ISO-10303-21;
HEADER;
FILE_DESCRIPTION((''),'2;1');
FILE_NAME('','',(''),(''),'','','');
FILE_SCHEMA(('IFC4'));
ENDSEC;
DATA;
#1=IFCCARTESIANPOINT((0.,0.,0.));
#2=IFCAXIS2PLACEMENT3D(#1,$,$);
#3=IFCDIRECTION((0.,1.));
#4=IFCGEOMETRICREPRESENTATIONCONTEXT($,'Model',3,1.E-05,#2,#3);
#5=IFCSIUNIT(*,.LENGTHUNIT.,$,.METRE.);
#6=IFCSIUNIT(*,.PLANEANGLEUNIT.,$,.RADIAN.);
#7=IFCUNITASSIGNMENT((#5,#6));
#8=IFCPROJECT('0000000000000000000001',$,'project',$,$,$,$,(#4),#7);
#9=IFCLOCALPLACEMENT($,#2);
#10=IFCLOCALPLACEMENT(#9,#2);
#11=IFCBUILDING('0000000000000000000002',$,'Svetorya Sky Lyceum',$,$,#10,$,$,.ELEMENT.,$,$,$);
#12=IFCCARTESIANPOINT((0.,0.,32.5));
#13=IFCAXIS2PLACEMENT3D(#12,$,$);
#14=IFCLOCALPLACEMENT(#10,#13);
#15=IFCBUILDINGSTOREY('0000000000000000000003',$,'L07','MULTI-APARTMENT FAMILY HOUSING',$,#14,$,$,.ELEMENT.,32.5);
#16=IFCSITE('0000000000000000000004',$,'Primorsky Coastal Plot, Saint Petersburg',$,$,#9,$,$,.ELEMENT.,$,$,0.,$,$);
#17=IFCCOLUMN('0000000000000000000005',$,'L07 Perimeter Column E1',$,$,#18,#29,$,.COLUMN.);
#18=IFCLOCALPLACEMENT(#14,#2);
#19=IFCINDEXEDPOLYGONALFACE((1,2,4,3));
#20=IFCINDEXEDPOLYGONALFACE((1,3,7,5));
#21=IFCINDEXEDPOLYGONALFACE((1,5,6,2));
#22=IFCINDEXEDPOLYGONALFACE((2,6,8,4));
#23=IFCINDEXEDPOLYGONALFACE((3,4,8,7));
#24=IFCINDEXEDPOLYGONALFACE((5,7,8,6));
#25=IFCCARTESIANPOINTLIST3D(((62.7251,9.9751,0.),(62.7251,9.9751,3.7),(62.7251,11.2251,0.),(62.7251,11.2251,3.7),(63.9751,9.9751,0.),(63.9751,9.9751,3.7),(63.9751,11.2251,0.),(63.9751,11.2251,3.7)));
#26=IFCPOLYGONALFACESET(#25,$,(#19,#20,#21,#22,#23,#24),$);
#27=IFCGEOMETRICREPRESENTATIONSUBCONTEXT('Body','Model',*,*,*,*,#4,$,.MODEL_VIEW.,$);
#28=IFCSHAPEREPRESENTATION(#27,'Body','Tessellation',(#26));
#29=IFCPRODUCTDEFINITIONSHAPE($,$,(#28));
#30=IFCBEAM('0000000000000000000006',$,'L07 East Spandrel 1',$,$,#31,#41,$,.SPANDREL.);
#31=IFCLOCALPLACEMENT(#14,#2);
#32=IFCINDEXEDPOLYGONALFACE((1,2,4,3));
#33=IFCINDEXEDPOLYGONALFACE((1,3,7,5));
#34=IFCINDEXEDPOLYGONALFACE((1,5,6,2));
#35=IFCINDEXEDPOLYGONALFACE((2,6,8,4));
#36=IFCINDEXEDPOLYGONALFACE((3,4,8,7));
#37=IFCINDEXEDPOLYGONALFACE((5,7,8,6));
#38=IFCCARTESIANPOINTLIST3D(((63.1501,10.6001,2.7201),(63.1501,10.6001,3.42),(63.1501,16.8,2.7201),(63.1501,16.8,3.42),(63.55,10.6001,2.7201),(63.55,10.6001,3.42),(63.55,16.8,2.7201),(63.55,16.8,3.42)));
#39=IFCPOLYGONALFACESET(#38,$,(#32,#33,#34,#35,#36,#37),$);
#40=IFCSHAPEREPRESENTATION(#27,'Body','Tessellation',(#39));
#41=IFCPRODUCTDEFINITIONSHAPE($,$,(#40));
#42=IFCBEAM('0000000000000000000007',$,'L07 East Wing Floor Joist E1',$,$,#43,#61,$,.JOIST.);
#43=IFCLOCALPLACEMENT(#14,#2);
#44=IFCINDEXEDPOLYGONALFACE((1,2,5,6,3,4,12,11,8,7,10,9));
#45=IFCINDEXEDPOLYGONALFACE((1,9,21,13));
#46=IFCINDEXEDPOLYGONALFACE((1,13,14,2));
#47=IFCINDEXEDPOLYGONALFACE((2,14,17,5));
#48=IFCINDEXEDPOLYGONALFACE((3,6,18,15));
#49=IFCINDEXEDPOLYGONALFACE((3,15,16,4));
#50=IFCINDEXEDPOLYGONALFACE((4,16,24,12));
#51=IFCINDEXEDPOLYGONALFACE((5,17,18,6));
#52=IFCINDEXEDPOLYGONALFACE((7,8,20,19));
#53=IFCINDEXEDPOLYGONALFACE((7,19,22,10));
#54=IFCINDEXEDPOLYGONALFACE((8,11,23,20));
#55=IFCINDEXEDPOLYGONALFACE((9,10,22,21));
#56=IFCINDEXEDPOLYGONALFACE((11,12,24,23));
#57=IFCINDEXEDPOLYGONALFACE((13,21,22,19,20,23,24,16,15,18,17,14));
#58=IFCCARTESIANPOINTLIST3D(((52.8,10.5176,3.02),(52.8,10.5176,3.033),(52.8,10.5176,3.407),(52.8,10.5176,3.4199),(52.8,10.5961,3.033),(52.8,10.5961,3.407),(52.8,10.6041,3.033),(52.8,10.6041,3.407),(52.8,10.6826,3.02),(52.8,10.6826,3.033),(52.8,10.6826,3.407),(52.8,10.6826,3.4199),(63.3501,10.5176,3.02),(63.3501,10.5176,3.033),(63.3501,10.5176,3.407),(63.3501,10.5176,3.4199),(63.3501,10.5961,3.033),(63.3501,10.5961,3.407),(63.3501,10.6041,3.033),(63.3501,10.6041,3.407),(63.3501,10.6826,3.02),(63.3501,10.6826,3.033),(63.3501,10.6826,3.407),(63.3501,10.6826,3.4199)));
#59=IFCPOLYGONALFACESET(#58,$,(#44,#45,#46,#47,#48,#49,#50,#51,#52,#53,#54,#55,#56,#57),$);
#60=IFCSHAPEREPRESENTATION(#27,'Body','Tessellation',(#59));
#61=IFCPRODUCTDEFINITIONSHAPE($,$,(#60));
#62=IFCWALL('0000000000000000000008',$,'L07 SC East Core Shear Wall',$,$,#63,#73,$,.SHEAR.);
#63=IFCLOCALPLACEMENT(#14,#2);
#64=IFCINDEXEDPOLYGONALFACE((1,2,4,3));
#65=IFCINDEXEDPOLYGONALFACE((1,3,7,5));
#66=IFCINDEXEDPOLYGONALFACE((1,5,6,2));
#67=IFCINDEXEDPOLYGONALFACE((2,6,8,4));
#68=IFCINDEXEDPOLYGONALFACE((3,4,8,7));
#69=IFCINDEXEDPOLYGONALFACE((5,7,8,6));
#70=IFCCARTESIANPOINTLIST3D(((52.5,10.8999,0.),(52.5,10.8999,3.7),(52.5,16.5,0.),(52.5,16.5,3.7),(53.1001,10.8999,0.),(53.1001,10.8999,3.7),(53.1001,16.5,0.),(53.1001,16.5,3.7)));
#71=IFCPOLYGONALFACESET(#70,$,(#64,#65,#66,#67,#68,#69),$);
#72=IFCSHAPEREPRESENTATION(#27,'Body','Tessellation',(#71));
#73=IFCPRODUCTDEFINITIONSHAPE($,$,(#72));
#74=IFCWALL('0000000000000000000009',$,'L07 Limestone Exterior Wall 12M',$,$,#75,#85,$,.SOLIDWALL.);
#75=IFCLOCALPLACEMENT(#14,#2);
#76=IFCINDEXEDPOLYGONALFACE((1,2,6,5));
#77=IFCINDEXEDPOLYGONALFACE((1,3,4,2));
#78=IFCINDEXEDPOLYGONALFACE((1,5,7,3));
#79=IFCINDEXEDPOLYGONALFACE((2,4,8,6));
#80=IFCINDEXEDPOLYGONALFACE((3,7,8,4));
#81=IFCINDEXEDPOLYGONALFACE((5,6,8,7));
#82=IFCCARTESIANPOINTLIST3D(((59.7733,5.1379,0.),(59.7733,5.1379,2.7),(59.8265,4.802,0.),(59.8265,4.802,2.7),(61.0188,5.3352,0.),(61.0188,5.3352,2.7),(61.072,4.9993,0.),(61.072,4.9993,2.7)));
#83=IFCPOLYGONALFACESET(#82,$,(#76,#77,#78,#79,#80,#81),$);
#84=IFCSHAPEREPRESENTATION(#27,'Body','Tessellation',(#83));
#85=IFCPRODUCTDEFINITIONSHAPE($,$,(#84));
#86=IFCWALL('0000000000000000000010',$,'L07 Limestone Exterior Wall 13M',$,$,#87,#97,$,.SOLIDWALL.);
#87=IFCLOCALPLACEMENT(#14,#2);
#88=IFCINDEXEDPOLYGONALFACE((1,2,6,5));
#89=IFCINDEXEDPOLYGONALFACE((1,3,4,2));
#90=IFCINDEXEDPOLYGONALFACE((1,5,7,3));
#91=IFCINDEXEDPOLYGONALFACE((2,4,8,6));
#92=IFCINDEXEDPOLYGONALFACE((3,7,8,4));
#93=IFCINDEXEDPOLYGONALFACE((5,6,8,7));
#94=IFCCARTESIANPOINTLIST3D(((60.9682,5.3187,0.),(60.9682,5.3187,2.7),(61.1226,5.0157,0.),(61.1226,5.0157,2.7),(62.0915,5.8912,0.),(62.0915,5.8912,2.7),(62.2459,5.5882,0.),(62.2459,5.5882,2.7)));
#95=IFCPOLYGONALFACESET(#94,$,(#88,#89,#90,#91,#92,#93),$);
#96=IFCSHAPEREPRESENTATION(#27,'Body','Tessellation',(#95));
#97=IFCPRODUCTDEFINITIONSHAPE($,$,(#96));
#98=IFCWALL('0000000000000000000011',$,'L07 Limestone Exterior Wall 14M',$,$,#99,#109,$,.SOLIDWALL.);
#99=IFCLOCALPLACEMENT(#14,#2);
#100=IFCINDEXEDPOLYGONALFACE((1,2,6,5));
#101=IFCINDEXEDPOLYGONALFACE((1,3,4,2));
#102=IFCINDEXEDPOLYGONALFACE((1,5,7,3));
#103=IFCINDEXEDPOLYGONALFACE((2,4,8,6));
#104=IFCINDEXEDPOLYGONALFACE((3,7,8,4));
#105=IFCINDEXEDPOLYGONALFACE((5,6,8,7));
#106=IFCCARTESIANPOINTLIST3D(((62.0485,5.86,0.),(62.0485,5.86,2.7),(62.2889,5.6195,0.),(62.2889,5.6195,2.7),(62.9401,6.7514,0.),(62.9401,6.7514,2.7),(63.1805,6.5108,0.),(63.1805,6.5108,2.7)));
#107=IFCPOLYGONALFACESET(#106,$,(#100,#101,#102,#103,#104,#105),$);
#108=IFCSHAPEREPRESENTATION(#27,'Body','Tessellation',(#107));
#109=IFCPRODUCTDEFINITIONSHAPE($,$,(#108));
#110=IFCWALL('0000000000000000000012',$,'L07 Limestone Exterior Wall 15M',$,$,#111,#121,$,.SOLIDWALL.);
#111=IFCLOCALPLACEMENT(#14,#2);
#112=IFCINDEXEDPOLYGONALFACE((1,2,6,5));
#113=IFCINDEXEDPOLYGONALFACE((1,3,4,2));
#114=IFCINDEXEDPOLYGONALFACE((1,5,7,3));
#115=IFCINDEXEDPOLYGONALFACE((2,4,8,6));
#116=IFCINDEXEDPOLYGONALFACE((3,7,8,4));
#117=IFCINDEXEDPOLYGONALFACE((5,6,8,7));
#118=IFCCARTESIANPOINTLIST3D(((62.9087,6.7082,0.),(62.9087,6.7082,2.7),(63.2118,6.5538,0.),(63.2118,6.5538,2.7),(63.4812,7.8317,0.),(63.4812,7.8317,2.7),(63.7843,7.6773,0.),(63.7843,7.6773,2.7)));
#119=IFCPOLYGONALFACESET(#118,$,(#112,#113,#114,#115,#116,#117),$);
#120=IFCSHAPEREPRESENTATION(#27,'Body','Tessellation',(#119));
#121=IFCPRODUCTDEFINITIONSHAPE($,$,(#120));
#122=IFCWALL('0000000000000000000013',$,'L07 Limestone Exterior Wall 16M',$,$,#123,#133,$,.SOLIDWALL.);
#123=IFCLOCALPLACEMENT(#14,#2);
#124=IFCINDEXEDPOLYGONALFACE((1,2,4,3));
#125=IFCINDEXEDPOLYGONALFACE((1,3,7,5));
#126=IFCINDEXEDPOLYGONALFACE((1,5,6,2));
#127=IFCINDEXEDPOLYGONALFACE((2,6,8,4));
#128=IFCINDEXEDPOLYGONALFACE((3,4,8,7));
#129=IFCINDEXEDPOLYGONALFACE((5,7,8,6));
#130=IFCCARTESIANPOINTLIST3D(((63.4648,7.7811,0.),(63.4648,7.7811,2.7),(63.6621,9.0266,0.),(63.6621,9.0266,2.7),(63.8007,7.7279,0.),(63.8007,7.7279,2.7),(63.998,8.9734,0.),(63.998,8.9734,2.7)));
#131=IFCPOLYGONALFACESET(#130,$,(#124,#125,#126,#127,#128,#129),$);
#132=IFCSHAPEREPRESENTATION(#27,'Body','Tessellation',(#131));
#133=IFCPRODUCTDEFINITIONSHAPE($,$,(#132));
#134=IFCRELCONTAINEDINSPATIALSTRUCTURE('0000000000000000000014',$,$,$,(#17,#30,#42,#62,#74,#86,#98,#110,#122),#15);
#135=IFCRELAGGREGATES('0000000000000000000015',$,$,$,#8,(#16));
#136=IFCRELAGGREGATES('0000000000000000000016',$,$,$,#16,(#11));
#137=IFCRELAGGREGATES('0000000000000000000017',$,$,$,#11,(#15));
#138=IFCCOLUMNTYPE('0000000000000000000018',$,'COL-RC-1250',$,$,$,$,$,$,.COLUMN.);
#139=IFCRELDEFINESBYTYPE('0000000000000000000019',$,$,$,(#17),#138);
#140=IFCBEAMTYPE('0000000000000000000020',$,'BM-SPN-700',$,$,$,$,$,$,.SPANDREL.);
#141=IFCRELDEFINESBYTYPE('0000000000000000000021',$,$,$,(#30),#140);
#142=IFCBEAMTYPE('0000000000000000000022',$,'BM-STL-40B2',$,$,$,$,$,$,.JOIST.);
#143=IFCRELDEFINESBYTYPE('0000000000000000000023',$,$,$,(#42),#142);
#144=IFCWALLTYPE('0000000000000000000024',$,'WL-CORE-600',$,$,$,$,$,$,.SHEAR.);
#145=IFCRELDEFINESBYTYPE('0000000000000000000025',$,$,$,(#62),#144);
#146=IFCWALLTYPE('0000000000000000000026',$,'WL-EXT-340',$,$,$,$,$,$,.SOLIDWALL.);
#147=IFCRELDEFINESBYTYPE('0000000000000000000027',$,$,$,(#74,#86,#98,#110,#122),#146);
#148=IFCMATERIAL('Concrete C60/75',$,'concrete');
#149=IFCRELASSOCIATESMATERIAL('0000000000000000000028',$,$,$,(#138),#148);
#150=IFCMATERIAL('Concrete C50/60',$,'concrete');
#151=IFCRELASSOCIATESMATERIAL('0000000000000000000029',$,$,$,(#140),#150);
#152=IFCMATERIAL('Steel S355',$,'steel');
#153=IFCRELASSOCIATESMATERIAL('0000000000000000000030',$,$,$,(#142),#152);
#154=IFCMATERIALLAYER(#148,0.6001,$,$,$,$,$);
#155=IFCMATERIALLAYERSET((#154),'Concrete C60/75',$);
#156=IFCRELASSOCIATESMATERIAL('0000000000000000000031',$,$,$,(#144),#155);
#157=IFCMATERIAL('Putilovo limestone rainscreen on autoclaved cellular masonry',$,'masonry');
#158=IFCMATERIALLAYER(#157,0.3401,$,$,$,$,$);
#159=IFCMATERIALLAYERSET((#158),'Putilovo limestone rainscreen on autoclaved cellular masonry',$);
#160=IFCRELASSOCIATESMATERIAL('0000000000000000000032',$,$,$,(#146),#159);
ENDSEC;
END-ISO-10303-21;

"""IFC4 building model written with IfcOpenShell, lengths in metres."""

from ifc_helpers import new_model, si_unit, direction, frame, frame_2d, origin, origin_2d, place, context, subcontext, project, spatial, rectangle, i_section, extrude, material, layer, layer_set, material_profile, profile_set, type_object, element, save


model = new_model("IFC4")

# Units and contexts
model_context = context("Model", 3, precision=1e-05, world=origin(), true_north=direction((0.0, 1.0)))
body_context = subcontext(model_context, "Body", "Model", "MODEL_VIEW")
ifc_project = project(units=[si_unit("LENGTHUNIT", "METRE"), si_unit("PLANEANGLEUNIT", "RADIAN")], contexts=[model_context])

# Site, building, storey
site_placement = place(None, origin())
site = spatial("IfcSite", under=ifc_project, at=site_placement, Name="Primorsky Coastal Plot, Saint Petersburg", CompositionType="ELEMENT", RefElevation=0.0)
building_placement = place(site_placement, origin())
building = spatial("IfcBuilding", under=site, at=building_placement, Name="Svetorya Sky Lyceum", CompositionType="ELEMENT")
storey_placement = place(building_placement, frame((0.0, 0.0, 32.5)))
storey = spatial("IfcBuildingStorey", under=building, at=storey_placement, Name="L07", Description="MULTI-APARTMENT FAMILY HOUSING", CompositionType="ELEMENT", Elevation=32.5)

# Column
ifc_material_1 = material(Name="Concrete C60/75", Category="concrete")
ifc_material_profile_1 = material_profile(ifc_material_1, rectangle(XDim=1.25, YDim=1.25, at=origin_2d()), Name="RC COL 1250x1250")
ifc_profile_set_1 = profile_set([ifc_material_profile_1], Name="Concrete C60/75")
column_type = type_object("IfcColumnType", Name="COL-RC-1250", PredefinedType="COLUMN", material=ifc_profile_set_1)
column_placement = place(storey_placement, frame((63.3501, 10.6001, 0.0), z_axis=(0.0, 0.0, 1.0), x_axis=(1.0, 0.0, 0.0)))
element("IfcColumn", 1, at=column_placement, inside=storey, type_object=column_type, Name="L07 Perimeter Column E1", PredefinedType="COLUMN", context=body_context, shape_type="SweptSolid", body=[
    extrude(rectangle(XDim=1.25, YDim=1.25, at=origin_2d()), origin(), (0.0, 0.0, 1.0), 3.7),
])

# Beams
ifc_material_2 = material(Name="Concrete C50/60", Category="concrete")
ifc_material_profile_2 = material_profile(ifc_material_2, rectangle(XDim=0.3999, YDim=0.7, at=origin_2d()), Name="RC SPANDREL 400x700")
ifc_profile_set_2 = profile_set([ifc_material_profile_2], Name="Concrete C50/60")
beam_type_1 = type_object("IfcBeamType", Name="BM-SPN-700", PredefinedType="SPANDREL", material=ifc_profile_set_2)
beam_1_placement = place(storey_placement, frame((63.3501, 10.6001, 3.0701), z_axis=(0.0, 1.0, 0.0), x_axis=(-1.0, 0.0, 0.0)))
element("IfcBeam", 2, at=beam_1_placement, inside=storey, type_object=beam_type_1, Name="L07 East Spandrel 1", PredefinedType="SPANDREL", context=body_context, shape_type="SweptSolid", body=[
    extrude(rectangle(XDim=0.3999, YDim=0.7, at=origin_2d()), origin(), (0.0, 0.0, 1.0), 6.2),
])
ifc_material_3 = material(Name="Steel S355", Category="steel")
ifc_material_profile_3 = material_profile(ifc_material_3, i_section(OverallWidth=0.165, OverallDepth=0.3999, WebThickness=0.0081, FlangeThickness=0.0129, at=origin_2d()), Name="GOST 40B2")
ifc_profile_set_3 = profile_set([ifc_material_profile_3], Name="Steel S355")
beam_type_2 = type_object("IfcBeamType", Name="BM-STL-40B2", PredefinedType="JOIST", material=ifc_profile_set_3)
beam_2_placement = place(storey_placement, frame((52.8, 10.6001, 3.22), z_axis=(1.0, 0.0, 0.0), x_axis=(0.0, 1.0, 0.0)))
element("IfcBeam", 3, at=beam_2_placement, inside=storey, type_object=beam_type_2, Name="L07 East Wing Floor Joist E1", PredefinedType="JOIST", context=body_context, shape_type="SweptSolid", body=[
    extrude(i_section(OverallWidth=0.165, OverallDepth=0.3999, WebThickness=0.0081, FlangeThickness=0.0129, at=origin_2d()), origin(), (0.0, 0.0, 1.0), 10.55),
])

# Walls
ifc_layer_1 = layer(ifc_material_1, 0.6001)
ifc_layer_set_1 = layer_set([ifc_layer_1], Name="Concrete C60/75")
wall_type_1 = type_object("IfcWallType", Name="WL-CORE-600", PredefinedType="SHEAR", material=ifc_layer_set_1)
wall_1_placement = place(storey_placement, frame((52.8, 10.8999, 0.0), z_axis=(0.0, 0.0, 1.0), x_axis=(0.0, 1.0, 0.0)))
element("IfcWall", 4, at=wall_1_placement, inside=storey, type_object=wall_type_1, Name="L07 SC East Core Shear Wall", PredefinedType="SHEAR", context=body_context, shape_type="SweptSolid", body=[
    extrude(rectangle(XDim=5.6001, YDim=0.6001, at=frame_2d((2.8, 0.0))), origin(), (0.0, 0.0, 1.0), 3.7),
])
ifc_material_4 = material(Name="Putilovo limestone rainscreen on autoclaved cellular masonry", Category="masonry")
ifc_layer_2 = layer(ifc_material_4, 0.3401)
ifc_layer_set_2 = layer_set([ifc_layer_2], Name="Putilovo limestone rainscreen on autoclaved cellular masonry")
wall_type_2 = type_object("IfcWallType", Name="WL-EXT-340", PredefinedType="SOLIDWALL", material=ifc_layer_set_2)
wall_2_placement = place(storey_placement, frame((59.8, 4.97, 0.0), z_axis=(0.0, 0.0, 1.0), x_axis=(0.987686, 0.15645, 0.0)))
element("IfcWall", 5, at=wall_2_placement, inside=storey, type_object=wall_type_2, Name="L07 Limestone Exterior Wall 12M", PredefinedType="SOLIDWALL", context=body_context, shape_type="SweptSolid", body=[
    extrude(rectangle(XDim=1.261, YDim=0.3401, at=frame_2d((0.6304, 0.0))), origin(), (0.0, 0.0, 1.0), 2.7),
])
for number, where, z_axis, x_axis, name in (
    (6, (61.0454, 5.1672, 0.0), (0.0, 0.0, 1.0), (0.890954, 0.454094, 0.0), "L07 Limestone Exterior Wall 13M"),
    (7, (62.1687, 5.7397, 0.0), (0.0, 0.0, 1.0), (0.707204, 0.70701, 0.0), "L07 Limestone Exterior Wall 14M"),
):
    element("IfcWall", number, at=place(storey_placement, frame(where, z_axis=z_axis, x_axis=x_axis)), inside=storey, type_object=wall_type_2, Name=name, PredefinedType="SOLIDWALL", context=body_context, shape_type="SweptSolid", body=[
        extrude(rectangle(XDim=1.2607, YDim=0.3401, at=frame_2d((0.6304, 0.0))), origin(), (0.0, 0.0, 1.0), 2.7),
    ])
for number, where, z_axis, x_axis, name in (
    (8, (63.0603, 6.6311, 0.0), (0.0, 0.0, 1.0), (0.454016, 0.890994, 0.0), "L07 Limestone Exterior Wall 15M"),
    (9, (63.6328, 7.7546, 0.0), (0.0, 0.0, 1.0), (0.15645, 0.987686, 0.0), "L07 Limestone Exterior Wall 16M"),
):
    element("IfcWall", number, at=place(storey_placement, frame(where, z_axis=z_axis, x_axis=x_axis)), inside=storey, type_object=wall_type_2, Name=name, PredefinedType="SOLIDWALL", context=body_context, shape_type="SweptSolid", body=[
        extrude(rectangle(XDim=1.261, YDim=0.3401, at=frame_2d((0.6304, 0.0))), origin(), (0.0, 0.0, 1.0), 2.7),
    ])

save(model, "model.ifc")
